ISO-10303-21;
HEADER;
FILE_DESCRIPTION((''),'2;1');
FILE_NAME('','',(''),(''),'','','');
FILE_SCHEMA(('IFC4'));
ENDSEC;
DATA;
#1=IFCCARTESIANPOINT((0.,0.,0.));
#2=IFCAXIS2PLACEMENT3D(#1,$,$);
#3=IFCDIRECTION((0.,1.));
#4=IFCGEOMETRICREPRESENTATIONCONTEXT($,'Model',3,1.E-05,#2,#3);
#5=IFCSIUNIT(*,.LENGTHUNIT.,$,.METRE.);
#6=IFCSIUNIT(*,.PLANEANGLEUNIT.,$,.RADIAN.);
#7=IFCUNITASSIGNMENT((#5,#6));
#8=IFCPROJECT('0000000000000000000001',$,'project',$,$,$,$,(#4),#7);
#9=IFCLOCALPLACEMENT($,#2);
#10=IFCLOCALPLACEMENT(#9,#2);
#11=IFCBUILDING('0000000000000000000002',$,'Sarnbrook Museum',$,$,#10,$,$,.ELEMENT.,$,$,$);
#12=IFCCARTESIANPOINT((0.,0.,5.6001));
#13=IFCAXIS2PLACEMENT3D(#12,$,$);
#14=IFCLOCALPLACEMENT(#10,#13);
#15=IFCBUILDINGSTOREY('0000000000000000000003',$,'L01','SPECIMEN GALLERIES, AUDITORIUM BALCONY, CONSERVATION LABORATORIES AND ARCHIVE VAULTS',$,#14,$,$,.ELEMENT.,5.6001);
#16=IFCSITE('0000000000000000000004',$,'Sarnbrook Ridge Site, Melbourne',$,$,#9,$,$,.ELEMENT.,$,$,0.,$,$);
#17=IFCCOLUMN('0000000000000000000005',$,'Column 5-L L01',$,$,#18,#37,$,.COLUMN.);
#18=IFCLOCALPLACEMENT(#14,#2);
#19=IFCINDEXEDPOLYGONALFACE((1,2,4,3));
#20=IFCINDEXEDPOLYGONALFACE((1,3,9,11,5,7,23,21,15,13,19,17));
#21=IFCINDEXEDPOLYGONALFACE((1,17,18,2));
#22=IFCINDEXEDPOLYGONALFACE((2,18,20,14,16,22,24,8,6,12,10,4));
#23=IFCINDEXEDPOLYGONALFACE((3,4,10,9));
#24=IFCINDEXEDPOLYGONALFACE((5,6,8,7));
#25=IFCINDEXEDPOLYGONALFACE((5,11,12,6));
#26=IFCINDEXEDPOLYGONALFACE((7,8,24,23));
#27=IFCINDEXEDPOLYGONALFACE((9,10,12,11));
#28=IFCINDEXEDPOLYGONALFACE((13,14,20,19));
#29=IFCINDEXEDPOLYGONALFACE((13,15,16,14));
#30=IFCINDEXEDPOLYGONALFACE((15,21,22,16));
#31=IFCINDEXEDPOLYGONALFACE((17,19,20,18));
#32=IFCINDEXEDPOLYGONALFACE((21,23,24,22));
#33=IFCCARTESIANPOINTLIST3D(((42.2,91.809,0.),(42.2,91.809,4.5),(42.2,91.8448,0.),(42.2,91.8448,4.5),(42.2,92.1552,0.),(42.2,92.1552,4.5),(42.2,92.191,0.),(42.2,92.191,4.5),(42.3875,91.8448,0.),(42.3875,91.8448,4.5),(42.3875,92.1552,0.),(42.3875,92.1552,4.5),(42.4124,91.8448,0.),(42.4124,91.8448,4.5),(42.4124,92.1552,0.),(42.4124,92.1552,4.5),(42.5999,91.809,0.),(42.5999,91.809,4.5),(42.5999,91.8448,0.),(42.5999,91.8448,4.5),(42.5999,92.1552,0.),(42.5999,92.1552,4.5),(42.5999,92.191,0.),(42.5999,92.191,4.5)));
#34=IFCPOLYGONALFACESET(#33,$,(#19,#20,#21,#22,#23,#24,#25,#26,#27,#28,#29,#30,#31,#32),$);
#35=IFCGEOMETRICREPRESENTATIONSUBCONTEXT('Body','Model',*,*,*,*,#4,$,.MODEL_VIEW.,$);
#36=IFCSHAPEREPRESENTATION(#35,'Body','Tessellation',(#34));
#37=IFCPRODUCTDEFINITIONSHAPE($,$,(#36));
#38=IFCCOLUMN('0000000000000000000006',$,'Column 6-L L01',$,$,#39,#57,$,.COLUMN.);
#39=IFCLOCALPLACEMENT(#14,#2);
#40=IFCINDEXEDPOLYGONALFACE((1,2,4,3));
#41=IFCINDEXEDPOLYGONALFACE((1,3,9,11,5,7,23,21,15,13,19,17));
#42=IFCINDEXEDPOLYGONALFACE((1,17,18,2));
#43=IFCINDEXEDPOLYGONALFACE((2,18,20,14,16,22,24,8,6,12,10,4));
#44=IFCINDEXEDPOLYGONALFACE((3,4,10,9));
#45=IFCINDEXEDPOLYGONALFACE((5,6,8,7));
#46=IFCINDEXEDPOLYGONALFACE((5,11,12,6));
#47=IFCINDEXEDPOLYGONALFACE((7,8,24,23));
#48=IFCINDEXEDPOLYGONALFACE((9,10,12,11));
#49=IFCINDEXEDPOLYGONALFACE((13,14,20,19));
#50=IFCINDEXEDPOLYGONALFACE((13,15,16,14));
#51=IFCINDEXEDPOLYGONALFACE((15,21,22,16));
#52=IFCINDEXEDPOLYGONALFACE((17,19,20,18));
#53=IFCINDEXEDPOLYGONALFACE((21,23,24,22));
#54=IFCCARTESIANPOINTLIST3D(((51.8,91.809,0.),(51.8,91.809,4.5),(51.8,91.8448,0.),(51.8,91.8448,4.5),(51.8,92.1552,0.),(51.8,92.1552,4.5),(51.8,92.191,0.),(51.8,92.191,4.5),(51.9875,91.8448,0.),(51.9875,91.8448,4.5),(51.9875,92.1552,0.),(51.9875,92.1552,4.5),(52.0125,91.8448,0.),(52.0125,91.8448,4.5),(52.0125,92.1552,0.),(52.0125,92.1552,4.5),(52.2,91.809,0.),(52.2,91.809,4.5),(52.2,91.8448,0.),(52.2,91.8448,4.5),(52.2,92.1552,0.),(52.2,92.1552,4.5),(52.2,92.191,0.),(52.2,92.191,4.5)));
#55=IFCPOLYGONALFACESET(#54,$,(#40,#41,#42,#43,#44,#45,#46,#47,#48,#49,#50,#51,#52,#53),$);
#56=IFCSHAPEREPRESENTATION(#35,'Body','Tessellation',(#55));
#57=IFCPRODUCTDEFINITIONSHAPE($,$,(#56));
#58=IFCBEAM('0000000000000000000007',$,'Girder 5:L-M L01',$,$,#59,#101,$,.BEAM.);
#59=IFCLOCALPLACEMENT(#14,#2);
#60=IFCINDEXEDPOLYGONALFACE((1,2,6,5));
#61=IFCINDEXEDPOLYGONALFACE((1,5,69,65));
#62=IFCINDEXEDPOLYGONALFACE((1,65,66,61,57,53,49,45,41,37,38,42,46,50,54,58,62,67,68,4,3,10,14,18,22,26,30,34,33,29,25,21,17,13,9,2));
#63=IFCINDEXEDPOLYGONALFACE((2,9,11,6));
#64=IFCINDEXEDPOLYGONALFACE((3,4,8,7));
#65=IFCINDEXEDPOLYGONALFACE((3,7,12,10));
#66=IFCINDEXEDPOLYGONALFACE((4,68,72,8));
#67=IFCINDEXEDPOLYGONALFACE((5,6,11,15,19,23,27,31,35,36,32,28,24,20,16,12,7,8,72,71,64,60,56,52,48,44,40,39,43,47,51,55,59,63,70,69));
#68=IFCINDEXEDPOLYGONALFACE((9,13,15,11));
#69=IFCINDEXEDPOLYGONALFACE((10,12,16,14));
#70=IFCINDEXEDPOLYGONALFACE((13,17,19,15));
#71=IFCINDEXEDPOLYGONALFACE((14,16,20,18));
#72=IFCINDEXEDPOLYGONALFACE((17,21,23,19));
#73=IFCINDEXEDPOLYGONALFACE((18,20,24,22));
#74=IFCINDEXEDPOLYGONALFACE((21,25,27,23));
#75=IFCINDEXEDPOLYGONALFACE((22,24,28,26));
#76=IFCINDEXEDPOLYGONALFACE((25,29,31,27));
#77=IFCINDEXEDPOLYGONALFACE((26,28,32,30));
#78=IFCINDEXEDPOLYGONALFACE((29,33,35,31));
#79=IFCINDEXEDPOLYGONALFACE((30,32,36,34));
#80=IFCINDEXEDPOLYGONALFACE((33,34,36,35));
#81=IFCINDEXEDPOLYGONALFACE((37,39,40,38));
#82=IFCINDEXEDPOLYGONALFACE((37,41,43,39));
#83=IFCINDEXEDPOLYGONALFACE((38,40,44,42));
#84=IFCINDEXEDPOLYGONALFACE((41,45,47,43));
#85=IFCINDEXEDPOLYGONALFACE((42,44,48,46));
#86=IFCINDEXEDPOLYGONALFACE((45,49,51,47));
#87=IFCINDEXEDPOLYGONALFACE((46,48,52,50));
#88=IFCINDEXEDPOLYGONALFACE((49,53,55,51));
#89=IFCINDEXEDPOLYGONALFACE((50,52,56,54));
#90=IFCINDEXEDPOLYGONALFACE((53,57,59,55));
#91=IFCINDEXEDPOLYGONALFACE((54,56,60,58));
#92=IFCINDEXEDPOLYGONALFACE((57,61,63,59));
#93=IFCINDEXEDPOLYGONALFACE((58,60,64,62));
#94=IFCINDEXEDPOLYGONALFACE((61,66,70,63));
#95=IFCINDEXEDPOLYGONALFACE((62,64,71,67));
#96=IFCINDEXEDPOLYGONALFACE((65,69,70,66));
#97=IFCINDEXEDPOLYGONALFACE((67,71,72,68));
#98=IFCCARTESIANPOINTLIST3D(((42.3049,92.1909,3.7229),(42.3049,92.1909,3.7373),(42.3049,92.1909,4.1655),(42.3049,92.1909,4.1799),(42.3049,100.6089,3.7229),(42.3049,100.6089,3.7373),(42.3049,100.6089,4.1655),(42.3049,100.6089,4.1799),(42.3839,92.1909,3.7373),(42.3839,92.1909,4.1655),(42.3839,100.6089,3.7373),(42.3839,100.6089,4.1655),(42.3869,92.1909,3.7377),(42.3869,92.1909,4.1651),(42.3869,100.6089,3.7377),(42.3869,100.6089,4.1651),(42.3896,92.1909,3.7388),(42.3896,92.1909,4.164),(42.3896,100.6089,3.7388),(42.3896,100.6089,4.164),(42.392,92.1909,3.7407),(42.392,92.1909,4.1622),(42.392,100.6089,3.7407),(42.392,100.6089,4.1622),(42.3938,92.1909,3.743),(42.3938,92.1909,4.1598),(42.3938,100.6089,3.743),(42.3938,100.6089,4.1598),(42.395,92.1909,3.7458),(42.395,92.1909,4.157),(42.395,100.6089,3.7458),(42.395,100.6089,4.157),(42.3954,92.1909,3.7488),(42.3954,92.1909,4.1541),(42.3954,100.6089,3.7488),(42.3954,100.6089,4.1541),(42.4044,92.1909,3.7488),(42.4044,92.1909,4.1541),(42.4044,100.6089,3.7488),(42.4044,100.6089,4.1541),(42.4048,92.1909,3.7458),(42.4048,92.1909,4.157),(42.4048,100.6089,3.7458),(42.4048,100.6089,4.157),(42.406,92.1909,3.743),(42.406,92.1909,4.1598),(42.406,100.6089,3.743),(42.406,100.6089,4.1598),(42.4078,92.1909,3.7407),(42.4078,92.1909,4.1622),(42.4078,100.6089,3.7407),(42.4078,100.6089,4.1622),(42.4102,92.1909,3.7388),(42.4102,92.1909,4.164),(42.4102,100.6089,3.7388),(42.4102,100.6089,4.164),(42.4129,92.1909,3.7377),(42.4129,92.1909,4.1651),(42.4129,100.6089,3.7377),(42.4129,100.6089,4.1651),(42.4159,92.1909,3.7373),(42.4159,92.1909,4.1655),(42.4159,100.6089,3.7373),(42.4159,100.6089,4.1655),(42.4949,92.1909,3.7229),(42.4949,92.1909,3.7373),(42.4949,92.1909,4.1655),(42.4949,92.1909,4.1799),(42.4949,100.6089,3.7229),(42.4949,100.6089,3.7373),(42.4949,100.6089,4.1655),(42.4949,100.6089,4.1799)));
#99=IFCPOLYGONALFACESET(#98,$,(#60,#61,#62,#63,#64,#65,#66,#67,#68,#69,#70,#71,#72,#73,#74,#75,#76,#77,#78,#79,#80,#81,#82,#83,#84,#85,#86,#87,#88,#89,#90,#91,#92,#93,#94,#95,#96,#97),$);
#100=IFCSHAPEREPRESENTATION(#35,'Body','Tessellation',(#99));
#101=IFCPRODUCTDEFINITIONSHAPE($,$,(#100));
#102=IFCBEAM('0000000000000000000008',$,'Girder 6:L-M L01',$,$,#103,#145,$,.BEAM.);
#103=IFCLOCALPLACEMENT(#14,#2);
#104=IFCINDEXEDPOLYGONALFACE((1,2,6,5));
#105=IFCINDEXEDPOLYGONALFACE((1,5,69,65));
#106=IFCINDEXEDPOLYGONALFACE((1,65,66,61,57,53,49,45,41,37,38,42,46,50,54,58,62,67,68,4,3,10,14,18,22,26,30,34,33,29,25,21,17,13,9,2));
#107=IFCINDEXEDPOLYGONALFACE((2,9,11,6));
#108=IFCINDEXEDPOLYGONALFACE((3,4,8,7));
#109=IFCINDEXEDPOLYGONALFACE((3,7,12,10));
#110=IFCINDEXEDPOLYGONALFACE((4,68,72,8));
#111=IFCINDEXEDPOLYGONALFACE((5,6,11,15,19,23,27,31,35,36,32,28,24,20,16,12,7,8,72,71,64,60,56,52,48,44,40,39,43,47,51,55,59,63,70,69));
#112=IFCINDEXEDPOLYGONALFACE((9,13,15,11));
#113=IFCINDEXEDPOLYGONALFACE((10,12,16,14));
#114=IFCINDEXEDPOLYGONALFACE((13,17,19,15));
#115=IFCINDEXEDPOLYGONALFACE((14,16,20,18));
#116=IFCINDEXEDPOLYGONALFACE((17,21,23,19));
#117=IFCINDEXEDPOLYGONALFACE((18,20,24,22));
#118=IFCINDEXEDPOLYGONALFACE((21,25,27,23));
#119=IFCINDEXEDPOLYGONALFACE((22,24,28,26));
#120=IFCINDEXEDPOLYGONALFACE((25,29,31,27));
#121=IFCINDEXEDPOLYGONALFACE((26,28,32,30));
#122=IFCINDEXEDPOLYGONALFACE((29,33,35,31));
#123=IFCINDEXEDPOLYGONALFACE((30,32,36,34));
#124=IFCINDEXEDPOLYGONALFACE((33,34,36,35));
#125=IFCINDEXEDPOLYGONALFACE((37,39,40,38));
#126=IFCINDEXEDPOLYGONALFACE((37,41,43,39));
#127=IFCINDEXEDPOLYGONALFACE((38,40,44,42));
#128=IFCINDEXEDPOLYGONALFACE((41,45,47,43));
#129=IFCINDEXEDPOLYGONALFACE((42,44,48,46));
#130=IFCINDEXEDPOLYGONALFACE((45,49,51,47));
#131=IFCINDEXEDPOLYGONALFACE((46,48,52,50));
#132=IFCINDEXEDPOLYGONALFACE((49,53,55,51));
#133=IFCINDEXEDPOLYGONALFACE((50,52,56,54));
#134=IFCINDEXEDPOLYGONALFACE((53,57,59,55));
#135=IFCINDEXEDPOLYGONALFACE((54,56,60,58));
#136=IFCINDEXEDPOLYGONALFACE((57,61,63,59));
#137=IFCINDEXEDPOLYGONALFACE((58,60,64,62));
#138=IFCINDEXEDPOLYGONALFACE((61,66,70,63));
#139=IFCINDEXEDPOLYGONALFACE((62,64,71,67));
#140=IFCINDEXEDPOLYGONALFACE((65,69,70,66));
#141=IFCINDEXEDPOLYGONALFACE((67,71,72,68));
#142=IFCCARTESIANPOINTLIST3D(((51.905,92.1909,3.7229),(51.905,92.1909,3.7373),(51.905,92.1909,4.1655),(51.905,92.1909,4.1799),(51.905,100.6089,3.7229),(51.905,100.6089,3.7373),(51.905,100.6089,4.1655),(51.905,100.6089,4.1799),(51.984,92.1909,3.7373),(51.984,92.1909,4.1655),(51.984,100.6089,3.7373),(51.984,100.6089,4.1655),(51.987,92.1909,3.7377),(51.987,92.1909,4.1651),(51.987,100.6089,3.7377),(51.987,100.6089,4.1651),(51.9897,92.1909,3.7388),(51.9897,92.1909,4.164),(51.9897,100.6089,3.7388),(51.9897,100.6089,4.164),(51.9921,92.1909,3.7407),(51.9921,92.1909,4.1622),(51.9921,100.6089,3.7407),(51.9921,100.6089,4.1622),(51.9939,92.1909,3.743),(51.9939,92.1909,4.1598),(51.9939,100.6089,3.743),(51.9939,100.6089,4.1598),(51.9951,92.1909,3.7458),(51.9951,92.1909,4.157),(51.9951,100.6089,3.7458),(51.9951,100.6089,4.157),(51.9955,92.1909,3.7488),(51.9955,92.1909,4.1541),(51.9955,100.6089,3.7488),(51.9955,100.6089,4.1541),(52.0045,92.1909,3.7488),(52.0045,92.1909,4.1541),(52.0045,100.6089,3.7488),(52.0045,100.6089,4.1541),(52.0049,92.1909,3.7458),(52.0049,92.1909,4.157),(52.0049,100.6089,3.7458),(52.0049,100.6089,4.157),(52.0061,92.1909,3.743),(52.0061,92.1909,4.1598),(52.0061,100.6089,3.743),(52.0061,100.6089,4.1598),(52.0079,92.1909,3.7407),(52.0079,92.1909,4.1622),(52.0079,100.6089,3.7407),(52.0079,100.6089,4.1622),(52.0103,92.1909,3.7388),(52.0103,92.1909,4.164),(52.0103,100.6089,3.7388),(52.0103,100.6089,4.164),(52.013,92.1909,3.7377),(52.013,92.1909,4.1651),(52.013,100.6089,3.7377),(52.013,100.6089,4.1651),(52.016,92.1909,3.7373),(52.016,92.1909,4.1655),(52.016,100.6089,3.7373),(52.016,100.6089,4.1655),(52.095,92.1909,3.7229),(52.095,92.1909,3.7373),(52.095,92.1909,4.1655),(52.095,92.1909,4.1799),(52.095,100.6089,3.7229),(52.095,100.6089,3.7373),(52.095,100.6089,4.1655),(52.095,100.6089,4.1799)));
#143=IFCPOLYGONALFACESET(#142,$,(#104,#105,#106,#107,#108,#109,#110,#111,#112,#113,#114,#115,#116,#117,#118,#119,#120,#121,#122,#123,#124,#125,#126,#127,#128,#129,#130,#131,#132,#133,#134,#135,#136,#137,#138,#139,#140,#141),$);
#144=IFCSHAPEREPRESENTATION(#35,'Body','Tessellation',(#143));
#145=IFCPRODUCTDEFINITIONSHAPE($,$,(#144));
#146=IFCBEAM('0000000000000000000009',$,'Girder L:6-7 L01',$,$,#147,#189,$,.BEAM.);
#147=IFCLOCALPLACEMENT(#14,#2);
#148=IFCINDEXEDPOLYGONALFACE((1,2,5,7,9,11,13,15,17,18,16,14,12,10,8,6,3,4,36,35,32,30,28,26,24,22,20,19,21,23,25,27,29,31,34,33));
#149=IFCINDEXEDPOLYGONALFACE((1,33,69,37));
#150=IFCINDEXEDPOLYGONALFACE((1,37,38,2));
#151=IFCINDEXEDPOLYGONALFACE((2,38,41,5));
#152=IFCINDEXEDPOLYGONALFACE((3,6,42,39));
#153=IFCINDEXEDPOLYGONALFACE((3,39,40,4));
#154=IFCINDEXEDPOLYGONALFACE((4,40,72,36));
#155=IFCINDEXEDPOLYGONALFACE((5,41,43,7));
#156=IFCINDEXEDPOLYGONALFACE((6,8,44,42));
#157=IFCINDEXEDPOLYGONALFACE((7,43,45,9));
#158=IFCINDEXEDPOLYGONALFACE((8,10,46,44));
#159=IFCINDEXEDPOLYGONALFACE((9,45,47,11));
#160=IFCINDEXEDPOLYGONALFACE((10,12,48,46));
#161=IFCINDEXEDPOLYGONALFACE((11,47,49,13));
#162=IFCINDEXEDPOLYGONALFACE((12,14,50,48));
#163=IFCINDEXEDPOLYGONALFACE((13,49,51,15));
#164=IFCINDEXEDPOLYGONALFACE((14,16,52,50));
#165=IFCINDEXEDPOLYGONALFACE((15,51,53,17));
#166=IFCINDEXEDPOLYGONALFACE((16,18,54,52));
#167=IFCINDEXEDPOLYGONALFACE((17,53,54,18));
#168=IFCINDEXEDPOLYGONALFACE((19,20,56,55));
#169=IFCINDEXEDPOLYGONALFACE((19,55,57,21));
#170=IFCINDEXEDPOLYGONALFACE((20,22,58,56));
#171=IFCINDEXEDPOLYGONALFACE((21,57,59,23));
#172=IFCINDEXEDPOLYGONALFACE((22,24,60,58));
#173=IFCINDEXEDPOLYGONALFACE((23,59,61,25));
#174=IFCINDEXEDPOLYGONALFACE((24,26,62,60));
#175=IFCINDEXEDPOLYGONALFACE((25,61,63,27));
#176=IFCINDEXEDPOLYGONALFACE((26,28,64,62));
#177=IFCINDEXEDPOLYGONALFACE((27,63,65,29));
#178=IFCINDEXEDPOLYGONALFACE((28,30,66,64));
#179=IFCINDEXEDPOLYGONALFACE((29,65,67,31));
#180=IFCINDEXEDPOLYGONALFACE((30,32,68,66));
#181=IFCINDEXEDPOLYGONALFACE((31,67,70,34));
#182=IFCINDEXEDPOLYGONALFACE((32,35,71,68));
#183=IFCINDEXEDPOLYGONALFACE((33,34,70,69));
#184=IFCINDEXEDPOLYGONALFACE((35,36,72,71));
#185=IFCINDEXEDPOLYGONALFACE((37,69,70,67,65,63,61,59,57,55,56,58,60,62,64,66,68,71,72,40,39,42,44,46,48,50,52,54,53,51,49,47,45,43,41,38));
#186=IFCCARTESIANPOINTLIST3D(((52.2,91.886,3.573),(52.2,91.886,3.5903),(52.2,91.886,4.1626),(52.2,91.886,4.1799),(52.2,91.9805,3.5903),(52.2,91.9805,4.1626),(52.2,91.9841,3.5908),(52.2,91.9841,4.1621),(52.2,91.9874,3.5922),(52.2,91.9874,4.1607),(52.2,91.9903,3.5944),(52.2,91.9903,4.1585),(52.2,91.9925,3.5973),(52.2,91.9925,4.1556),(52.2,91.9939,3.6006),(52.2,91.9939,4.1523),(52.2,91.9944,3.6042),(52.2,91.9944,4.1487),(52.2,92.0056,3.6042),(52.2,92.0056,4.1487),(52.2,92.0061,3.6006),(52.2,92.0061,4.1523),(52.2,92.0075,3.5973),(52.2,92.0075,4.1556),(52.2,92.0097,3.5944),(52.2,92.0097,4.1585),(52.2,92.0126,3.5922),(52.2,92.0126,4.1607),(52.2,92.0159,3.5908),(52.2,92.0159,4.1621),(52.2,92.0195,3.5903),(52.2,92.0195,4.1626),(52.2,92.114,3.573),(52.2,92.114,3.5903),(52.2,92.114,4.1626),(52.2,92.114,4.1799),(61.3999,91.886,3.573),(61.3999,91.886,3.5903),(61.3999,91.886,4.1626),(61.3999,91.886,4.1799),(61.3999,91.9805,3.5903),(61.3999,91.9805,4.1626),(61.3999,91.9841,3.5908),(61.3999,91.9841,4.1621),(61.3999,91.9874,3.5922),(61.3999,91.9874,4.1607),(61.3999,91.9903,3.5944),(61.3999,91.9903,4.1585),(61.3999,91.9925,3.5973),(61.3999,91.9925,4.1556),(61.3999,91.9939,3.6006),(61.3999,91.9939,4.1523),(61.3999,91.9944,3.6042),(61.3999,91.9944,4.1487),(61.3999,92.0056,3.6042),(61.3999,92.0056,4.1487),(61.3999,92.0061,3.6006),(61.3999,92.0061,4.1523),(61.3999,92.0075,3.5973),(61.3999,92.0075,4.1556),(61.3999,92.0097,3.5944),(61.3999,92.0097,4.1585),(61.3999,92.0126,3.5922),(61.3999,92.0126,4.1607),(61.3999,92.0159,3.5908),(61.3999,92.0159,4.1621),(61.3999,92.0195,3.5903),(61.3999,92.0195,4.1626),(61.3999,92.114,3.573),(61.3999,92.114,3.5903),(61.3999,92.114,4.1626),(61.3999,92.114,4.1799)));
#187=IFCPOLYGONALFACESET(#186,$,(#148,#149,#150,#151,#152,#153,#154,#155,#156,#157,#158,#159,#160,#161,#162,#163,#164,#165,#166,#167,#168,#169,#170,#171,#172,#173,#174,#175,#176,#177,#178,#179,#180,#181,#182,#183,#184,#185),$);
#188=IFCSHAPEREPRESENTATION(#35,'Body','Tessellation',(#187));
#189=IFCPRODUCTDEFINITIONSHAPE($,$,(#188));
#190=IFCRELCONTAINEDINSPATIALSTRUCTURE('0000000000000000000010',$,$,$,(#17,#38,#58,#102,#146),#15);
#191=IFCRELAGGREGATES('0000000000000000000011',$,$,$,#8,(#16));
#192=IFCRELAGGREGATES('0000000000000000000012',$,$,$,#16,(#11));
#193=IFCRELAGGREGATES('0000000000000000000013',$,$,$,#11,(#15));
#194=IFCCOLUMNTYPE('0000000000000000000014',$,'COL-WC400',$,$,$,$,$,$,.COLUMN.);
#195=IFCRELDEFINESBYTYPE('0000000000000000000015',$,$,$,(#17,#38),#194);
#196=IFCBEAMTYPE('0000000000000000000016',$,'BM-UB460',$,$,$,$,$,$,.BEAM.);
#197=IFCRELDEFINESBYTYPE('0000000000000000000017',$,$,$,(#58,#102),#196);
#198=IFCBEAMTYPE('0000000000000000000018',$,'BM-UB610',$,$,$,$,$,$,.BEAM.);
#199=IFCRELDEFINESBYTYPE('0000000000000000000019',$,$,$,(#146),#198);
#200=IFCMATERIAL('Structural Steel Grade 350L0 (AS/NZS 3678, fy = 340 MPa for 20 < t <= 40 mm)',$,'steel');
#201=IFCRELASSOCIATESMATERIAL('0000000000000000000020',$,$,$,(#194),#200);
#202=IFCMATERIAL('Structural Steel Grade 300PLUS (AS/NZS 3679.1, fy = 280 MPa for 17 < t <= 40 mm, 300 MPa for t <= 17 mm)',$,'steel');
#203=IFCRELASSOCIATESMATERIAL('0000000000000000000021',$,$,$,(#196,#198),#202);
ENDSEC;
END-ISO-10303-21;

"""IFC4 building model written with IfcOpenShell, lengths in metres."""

from ifc_helpers import new_model, si_unit, direction, frame, origin, origin_2d, place, context, subcontext, project, spatial, i_section, extrude, material, material_profile, profile_set, type_object, element, save


model = new_model("IFC4")

# Units and contexts
model_context = context("Model", 3, precision=1e-05, world=origin(), true_north=direction((0.0, 1.0)))
body_context = subcontext(model_context, "Body", "Model", "MODEL_VIEW")
ifc_project = project(units=[si_unit("LENGTHUNIT", "METRE"), si_unit("PLANEANGLEUNIT", "RADIAN")], contexts=[model_context])

# Site, building, storey
site_placement = place(None, origin())
site = spatial("IfcSite", under=ifc_project, at=site_placement, Name="Sarnbrook Ridge Site, Melbourne", CompositionType="ELEMENT", RefElevation=0.0)
building_placement = place(site_placement, origin())
building = spatial("IfcBuilding", under=site, at=building_placement, Name="Sarnbrook Museum", CompositionType="ELEMENT")
storey_placement = place(building_placement, frame((0.0, 0.0, 5.6001)))
storey = spatial("IfcBuildingStorey", under=building, at=storey_placement, Name="L01", Description="SPECIMEN GALLERIES, AUDITORIUM BALCONY, CONSERVATION LABORATORIES AND ARCHIVE VAULTS", CompositionType="ELEMENT", Elevation=5.6001)

# Columns
ifc_material_1 = material(Name="Structural Steel Grade 350L0 (AS/NZS 3678, fy = 340 MPa for 20 < t <= 40 mm)", Category="steel")
ifc_material_profile_1 = material_profile(ifc_material_1, i_section(OverallWidth=0.3999, OverallDepth=0.3821, WebThickness=0.0249, FlangeThickness=0.0359, at=origin_2d()), Name="400WC270")
ifc_profile_set_1 = profile_set([ifc_material_profile_1], Name="Structural Steel Grade 350L0 (AS/NZS 3678, fy = 340 MPa for 20 < t <= 40 mm)")
column_type = type_object("IfcColumnType", Name="COL-WC400", PredefinedType="COLUMN", material=ifc_profile_set_1)
for number, where, z_axis, x_axis, name in (
    (1, (42.3999, 92.0, 0.0), (0.0, 0.0, 1.0), (1.0, 0.0, 0.0), "Column 5-L L01"),
    (2, (52.0, 92.0, 0.0), (0.0, 0.0, 1.0), (1.0, 0.0, 0.0), "Column 6-L L01"),
):
    element("IfcColumn", number, at=place(storey_placement, frame(where, z_axis=z_axis, x_axis=x_axis)), inside=storey, type_object=column_type, Name=name, PredefinedType="COLUMN", context=body_context, shape_type="SweptSolid", body=[
        extrude(i_section(OverallWidth=0.3999, OverallDepth=0.3821, WebThickness=0.0249, FlangeThickness=0.0359, at=origin_2d()), origin(), (0.0, 0.0, 1.0), 4.5),
    ])

# Beams
ifc_material_2 = material(Name="Structural Steel Grade 300PLUS (AS/NZS 3679.1, fy = 280 MPa for 17 < t <= 40 mm, 300 MPa for t <= 17 mm)", Category="steel")
ifc_material_profile_2 = material_profile(ifc_material_2, i_section(OverallWidth=0.1899, OverallDepth=0.457, WebThickness=0.009, FlangeThickness=0.0144, FilletRadius=0.0115, at=origin_2d()), Name="460UB74.6")
ifc_profile_set_2 = profile_set([ifc_material_profile_2], Name="Structural Steel Grade 300PLUS (AS/NZS 3679.1, fy = 280 MPa for 17 < t <= 40 mm, 300 MPa for t <= 17 mm)")
beam_type_1 = type_object("IfcBeamType", Name="BM-UB460", PredefinedType="BEAM", material=ifc_profile_set_2)
for number, where, z_axis, x_axis, name in (
    (3, (42.3999, 92.1909, 3.9514), (0.0, 1.0, 0.0), (-1.0, 0.0, 0.0), "Girder 5:L-M L01"),
    (4, (52.0, 92.1909, 3.9514), (0.0, 1.0, 0.0), (-1.0, 0.0, 0.0), "Girder 6:L-M L01"),
):
    element("IfcBeam", number, at=place(storey_placement, frame(where, z_axis=z_axis, x_axis=x_axis)), inside=storey, type_object=beam_type_1, Name=name, PredefinedType="BEAM", context=body_context, shape_type="SweptSolid", body=[
        extrude(i_section(OverallWidth=0.1899, OverallDepth=0.457, WebThickness=0.009, FlangeThickness=0.0144, FilletRadius=0.0115, at=origin_2d()), origin(), (0.0, 0.0, 1.0), 8.418),
    ])
ifc_material_profile_3 = material_profile(ifc_material_2, i_section(OverallWidth=0.228, OverallDepth=0.6069, WebThickness=0.0112, FlangeThickness=0.0173, FilletRadius=0.0139, at=origin_2d()), Name="610UB113")
ifc_profile_set_3 = profile_set([ifc_material_profile_3], Name="Structural Steel Grade 300PLUS (AS/NZS 3679.1, fy = 280 MPa for 17 < t <= 40 mm, 300 MPa for t <= 17 mm)")
beam_type_2 = type_object("IfcBeamType", Name="BM-UB610", PredefinedType="BEAM", material=ifc_profile_set_3)
beam_placement = place(storey_placement, frame((52.2, 92.0, 3.8765), z_axis=(1.0, 0.0, 0.0), x_axis=(0.0, 1.0, 0.0)))
element("IfcBeam", 5, at=beam_placement, inside=storey, type_object=beam_type_2, Name="Girder L:6-7 L01", PredefinedType="BEAM", context=body_context, shape_type="SweptSolid", body=[
    extrude(i_section(OverallWidth=0.228, OverallDepth=0.6069, WebThickness=0.0112, FlangeThickness=0.0173, FilletRadius=0.0139, at=origin_2d()), origin(), (0.0, 0.0, 1.0), 9.2),
])

save(model, "model.ifc")
